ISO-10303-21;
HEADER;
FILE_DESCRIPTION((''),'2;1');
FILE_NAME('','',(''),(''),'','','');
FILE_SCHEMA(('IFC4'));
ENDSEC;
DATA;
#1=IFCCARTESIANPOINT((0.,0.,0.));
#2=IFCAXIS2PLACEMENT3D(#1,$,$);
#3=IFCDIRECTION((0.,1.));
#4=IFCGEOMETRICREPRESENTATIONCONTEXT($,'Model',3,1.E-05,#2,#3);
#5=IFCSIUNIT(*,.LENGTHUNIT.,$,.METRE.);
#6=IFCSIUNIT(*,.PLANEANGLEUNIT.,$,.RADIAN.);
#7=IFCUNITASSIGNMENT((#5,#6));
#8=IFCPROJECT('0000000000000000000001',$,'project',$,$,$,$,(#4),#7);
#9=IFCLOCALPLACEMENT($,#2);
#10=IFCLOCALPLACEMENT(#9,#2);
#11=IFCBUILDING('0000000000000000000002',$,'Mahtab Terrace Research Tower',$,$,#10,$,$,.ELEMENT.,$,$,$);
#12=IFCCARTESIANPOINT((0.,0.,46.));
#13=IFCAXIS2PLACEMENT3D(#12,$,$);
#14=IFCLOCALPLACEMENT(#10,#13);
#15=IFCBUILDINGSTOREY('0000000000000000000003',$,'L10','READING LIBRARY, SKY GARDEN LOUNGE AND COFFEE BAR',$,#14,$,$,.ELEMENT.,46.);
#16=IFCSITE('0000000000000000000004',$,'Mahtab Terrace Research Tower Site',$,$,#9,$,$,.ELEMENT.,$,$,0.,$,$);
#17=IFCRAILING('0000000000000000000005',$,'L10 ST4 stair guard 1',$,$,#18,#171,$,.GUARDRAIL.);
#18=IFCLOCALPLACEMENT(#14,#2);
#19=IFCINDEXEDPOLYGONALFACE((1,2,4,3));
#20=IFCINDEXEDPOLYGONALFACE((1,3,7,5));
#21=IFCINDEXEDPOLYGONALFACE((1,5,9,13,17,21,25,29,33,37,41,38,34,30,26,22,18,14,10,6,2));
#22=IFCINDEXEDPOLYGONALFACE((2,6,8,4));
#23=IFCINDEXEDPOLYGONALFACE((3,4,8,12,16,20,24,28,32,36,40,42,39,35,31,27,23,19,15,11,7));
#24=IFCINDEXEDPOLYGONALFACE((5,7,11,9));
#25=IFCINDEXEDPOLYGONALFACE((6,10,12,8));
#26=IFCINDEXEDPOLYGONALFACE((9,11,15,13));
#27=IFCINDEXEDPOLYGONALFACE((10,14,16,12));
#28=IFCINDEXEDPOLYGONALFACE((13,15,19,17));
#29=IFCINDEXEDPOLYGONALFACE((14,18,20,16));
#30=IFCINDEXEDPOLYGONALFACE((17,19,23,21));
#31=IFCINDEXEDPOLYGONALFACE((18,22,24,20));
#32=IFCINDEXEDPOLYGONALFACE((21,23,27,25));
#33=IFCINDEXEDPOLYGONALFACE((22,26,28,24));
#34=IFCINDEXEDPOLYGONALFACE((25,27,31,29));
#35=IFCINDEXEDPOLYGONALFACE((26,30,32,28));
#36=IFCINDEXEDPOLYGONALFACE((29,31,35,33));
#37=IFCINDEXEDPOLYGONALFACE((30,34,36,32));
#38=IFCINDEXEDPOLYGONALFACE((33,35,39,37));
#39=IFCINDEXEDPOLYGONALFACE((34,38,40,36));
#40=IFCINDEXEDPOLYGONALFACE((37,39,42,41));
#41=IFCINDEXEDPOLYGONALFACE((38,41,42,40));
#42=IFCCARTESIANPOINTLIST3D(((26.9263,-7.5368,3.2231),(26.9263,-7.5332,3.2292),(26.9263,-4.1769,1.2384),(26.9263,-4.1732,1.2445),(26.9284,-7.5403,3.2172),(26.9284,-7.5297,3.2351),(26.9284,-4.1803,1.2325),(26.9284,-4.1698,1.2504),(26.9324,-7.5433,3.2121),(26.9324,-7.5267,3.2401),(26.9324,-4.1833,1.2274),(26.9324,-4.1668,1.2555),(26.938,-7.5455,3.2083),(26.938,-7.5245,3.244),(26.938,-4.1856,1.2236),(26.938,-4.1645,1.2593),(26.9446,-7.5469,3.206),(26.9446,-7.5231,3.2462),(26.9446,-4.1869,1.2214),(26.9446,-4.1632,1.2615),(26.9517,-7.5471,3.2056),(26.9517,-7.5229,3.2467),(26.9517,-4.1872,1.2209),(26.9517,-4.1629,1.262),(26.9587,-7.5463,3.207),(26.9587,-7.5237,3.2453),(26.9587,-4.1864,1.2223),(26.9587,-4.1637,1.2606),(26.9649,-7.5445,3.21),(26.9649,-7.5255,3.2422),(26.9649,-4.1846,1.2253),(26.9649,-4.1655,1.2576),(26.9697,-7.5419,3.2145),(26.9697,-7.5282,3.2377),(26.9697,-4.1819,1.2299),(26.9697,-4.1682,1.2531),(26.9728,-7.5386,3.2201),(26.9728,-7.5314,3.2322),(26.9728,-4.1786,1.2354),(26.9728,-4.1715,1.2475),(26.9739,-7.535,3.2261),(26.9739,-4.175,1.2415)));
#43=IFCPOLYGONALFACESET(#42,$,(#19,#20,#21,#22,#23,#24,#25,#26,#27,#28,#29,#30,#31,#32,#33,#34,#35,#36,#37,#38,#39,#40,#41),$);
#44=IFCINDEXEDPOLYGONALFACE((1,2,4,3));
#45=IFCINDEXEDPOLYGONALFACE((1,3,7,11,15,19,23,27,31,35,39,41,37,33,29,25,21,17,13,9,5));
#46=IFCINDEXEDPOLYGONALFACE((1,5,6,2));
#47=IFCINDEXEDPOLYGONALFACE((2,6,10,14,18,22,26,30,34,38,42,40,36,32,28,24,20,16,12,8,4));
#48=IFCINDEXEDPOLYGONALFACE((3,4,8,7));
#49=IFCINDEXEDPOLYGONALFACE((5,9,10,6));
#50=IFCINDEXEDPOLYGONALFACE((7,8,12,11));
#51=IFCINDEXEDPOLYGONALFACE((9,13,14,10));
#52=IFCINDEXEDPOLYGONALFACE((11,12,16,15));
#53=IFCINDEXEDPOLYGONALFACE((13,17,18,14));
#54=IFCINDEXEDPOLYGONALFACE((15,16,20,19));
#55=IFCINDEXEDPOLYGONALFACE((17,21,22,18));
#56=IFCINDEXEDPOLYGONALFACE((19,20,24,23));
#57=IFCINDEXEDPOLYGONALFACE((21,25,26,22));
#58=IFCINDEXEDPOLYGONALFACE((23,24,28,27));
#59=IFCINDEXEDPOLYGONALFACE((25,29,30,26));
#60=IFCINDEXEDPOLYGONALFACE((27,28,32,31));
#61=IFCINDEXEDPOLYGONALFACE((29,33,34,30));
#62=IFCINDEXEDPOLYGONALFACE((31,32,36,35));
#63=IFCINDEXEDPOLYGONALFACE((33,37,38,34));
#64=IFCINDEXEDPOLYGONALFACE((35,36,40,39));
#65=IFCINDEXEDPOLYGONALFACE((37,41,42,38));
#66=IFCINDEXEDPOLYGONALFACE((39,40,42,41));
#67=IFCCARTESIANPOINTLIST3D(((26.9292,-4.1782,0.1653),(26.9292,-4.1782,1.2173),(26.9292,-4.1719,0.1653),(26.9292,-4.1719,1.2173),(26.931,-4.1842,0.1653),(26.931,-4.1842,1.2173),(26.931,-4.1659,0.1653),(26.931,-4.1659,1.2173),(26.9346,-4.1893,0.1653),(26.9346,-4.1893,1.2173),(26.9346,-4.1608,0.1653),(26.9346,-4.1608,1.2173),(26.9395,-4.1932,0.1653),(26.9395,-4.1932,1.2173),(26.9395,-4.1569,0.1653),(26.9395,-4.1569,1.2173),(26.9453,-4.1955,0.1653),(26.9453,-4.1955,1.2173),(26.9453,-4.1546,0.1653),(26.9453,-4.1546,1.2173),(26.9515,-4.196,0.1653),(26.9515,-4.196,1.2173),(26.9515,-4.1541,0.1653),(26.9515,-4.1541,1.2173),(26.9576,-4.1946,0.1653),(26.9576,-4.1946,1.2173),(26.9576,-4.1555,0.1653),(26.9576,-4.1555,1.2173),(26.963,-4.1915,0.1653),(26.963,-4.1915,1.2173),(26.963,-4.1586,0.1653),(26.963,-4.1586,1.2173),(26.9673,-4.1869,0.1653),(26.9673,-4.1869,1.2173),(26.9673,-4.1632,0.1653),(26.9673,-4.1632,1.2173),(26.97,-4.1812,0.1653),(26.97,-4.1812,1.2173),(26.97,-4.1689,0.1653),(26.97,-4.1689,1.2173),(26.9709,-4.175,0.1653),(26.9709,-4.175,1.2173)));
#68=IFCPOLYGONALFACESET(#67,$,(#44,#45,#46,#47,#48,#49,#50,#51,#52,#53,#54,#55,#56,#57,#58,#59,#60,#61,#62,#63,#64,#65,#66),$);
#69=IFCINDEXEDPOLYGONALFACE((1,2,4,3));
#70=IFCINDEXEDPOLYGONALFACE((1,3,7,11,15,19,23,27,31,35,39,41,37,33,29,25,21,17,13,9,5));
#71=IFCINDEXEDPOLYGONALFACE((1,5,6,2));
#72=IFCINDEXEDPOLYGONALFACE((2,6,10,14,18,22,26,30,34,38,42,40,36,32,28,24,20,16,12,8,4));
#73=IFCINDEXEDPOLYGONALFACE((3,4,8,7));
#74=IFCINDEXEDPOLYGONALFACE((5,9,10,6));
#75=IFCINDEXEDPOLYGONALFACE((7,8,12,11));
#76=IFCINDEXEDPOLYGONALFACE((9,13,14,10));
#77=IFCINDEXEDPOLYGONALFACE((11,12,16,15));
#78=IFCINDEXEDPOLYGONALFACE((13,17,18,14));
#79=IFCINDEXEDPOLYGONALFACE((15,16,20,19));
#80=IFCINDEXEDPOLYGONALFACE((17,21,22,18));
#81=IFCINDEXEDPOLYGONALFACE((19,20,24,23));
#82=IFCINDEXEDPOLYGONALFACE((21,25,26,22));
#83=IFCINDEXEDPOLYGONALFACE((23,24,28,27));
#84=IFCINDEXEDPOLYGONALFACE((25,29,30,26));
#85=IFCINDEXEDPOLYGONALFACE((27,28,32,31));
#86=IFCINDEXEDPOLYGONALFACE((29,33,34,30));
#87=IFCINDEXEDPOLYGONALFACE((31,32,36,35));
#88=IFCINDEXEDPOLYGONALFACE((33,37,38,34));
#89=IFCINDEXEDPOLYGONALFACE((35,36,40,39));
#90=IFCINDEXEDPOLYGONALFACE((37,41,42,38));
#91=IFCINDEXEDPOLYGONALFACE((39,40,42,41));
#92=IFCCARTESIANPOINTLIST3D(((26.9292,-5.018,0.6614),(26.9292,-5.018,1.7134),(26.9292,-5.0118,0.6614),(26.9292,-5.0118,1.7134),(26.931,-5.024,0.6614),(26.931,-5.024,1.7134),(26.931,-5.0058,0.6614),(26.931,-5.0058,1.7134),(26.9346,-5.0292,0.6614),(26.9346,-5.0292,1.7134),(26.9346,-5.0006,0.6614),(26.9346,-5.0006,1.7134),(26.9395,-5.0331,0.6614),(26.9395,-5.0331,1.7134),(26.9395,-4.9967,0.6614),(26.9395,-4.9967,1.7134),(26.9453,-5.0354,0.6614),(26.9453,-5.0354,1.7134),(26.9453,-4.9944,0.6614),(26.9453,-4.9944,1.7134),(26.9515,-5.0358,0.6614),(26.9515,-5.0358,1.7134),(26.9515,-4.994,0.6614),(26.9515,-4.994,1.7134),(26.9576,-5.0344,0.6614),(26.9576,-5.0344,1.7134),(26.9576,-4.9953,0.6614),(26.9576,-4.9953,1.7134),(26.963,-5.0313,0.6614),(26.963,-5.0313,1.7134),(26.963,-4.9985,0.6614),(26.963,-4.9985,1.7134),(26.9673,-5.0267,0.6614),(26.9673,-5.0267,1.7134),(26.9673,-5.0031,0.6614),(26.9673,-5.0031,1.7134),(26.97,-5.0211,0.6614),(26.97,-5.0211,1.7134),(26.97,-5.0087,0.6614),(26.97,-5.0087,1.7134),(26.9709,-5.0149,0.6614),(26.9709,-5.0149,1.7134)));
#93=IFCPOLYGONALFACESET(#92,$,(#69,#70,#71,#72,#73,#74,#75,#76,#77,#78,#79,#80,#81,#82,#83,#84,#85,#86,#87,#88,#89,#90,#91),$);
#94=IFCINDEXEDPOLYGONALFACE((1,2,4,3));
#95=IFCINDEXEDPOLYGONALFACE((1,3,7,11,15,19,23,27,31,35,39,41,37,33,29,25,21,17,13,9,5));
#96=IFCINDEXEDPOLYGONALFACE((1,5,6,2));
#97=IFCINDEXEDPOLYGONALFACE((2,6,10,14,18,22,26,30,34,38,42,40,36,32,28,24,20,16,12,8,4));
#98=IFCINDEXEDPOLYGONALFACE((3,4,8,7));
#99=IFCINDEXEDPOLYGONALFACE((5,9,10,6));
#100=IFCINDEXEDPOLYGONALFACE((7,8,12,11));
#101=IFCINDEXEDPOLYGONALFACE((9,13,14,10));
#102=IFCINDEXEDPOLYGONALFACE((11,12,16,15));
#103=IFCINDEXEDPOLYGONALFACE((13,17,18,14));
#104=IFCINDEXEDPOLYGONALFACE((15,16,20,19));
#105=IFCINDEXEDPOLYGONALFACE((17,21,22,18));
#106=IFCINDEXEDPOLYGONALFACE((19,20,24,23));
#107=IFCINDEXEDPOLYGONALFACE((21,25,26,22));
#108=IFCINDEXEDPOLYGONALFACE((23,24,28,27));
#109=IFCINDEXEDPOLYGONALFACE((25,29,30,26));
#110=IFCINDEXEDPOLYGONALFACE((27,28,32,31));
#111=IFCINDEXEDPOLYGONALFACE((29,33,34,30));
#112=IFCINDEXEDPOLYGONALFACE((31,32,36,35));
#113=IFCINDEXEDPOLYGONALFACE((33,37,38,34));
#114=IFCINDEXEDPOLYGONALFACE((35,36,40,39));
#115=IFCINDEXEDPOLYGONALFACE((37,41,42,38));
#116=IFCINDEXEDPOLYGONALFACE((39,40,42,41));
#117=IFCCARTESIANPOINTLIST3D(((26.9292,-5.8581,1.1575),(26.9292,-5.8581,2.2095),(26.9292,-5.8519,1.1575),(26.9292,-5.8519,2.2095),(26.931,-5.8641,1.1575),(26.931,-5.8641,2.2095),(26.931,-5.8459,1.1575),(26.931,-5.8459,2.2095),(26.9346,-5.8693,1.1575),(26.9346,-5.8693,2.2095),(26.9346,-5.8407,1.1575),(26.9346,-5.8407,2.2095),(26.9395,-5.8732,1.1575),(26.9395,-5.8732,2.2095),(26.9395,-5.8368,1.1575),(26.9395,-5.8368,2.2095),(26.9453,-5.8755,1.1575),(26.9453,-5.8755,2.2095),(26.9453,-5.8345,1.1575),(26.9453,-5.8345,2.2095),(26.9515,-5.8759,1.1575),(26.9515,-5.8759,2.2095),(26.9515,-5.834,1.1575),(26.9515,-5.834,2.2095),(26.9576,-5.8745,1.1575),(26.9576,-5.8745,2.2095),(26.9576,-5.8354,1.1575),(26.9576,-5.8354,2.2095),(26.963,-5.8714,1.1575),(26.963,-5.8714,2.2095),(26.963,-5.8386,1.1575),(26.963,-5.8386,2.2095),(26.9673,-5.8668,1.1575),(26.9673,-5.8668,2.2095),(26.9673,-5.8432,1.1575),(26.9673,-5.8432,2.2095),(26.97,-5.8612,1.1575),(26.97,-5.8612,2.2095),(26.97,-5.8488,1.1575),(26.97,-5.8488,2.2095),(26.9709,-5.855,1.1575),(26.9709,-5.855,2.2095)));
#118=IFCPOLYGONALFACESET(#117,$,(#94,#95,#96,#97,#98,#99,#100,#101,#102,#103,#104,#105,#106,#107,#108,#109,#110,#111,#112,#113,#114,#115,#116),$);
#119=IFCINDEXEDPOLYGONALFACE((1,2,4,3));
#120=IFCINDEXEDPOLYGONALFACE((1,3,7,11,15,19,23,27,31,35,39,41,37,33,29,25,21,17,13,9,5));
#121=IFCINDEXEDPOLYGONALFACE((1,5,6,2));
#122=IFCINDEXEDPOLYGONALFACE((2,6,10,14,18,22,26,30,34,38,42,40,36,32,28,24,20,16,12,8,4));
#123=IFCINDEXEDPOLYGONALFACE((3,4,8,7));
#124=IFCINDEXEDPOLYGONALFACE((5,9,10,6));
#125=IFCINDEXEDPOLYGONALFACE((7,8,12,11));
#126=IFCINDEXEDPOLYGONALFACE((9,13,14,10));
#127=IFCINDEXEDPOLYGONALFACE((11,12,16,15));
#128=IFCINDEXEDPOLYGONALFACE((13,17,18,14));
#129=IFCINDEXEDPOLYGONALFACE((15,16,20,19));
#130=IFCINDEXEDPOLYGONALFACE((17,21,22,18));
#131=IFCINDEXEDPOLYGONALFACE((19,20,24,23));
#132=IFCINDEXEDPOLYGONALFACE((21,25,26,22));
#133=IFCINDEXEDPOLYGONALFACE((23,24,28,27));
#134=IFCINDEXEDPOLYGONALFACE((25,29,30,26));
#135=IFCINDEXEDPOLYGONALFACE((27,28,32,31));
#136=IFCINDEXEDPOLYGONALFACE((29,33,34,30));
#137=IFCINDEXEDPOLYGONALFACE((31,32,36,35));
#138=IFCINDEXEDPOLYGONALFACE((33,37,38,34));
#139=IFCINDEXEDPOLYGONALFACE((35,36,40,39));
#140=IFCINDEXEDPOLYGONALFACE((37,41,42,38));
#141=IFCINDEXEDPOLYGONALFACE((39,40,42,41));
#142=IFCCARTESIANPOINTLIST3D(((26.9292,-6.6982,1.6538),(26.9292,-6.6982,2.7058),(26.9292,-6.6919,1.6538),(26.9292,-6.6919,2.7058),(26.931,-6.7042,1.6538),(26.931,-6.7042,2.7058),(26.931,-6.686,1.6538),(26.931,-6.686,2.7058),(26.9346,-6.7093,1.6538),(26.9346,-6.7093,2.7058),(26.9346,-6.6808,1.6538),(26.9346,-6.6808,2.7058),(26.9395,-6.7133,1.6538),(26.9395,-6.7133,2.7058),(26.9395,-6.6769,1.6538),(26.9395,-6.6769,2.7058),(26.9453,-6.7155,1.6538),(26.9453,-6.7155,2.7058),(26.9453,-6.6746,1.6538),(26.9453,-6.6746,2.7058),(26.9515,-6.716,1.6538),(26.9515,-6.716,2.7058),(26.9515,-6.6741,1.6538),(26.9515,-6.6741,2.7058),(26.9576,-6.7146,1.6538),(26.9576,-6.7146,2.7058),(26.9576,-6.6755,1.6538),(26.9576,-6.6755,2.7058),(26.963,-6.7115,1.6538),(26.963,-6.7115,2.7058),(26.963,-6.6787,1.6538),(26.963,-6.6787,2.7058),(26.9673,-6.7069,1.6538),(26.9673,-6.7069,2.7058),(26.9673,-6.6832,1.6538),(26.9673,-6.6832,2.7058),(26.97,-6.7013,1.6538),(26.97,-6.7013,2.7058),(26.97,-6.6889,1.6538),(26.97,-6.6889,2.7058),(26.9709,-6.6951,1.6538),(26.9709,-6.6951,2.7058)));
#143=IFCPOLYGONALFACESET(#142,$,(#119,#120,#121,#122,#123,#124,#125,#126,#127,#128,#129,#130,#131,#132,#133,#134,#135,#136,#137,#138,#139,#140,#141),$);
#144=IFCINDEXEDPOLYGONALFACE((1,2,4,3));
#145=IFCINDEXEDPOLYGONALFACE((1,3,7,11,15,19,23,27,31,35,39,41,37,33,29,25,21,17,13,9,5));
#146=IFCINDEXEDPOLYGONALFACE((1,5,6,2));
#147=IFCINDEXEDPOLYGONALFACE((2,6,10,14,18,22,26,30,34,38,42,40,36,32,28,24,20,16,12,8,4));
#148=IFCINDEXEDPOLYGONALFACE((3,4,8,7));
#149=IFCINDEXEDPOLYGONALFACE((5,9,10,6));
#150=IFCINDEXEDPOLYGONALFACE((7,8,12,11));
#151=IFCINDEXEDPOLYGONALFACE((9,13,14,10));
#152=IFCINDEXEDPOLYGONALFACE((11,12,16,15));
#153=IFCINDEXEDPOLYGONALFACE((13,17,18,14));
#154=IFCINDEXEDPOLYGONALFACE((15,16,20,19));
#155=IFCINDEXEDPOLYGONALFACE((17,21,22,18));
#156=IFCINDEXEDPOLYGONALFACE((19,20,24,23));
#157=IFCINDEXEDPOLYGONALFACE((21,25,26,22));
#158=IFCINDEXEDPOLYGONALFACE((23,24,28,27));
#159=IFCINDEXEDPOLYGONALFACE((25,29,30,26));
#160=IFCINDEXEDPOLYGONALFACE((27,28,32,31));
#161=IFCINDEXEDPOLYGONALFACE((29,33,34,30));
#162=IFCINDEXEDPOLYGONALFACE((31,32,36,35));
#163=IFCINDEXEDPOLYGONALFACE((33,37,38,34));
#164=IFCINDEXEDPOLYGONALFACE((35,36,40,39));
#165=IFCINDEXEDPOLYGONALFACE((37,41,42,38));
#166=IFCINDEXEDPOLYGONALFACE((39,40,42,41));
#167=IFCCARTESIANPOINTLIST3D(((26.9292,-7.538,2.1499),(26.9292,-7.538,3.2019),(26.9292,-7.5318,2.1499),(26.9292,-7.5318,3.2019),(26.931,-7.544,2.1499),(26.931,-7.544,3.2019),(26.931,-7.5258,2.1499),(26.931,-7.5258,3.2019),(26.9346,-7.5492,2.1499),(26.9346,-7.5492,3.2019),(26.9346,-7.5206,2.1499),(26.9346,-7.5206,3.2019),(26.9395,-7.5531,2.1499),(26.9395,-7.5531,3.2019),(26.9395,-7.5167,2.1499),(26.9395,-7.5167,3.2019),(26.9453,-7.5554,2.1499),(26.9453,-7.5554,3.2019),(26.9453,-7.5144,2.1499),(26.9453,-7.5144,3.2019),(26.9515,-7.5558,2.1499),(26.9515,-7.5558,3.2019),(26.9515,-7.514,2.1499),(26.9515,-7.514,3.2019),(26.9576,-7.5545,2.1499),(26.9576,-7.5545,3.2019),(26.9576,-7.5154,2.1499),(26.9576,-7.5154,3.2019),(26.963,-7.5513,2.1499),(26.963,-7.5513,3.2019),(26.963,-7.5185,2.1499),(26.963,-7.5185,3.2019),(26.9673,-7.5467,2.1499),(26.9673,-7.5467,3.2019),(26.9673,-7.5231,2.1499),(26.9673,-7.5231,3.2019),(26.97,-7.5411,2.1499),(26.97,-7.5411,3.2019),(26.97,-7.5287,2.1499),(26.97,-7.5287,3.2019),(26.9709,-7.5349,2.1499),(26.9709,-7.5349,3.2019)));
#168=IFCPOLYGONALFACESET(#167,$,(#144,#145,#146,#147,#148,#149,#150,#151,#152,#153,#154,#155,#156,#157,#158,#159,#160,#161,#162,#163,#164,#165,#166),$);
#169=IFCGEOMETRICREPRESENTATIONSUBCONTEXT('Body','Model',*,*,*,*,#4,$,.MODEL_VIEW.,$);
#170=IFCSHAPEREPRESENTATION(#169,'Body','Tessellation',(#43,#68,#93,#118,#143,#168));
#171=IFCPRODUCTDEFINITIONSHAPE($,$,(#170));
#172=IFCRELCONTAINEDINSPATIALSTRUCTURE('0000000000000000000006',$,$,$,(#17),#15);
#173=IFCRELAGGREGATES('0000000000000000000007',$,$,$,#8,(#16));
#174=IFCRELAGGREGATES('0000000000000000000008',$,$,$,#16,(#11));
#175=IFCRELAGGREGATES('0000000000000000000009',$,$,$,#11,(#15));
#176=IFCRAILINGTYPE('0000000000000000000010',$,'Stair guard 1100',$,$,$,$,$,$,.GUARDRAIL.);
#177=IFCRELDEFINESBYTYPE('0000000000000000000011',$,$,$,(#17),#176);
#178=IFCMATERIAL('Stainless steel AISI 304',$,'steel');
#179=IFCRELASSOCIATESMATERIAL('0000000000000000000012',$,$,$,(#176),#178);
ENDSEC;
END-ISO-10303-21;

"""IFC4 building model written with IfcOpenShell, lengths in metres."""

from ifc_helpers import new_model, si_unit, direction, frame, origin, origin_2d, place, context, subcontext, project, spatial, circle, extrude, material, type_object, element, save


model = new_model("IFC4")

# Units and contexts
model_context = context("Model", 3, precision=1e-05, world=origin(), true_north=direction((0.0, 1.0)))
body_context = subcontext(model_context, "Body", "Model", "MODEL_VIEW")
ifc_project = project(units=[si_unit("LENGTHUNIT", "METRE"), si_unit("PLANEANGLEUNIT", "RADIAN")], contexts=[model_context])

# Site, building, storey
site_placement = place(None, origin())
site = spatial("IfcSite", under=ifc_project, at=site_placement, Name="Mahtab Terrace Research Tower Site", CompositionType="ELEMENT", RefElevation=0.0)
building_placement = place(site_placement, origin())
building = spatial("IfcBuilding", under=site, at=building_placement, Name="Mahtab Terrace Research Tower", CompositionType="ELEMENT")
storey_placement = place(building_placement, frame((0.0, 0.0, 46.0)))
storey = spatial("IfcBuildingStorey", under=building, at=storey_placement, Name="L10", Description="READING LIBRARY, SKY GARDEN LOUNGE AND COFFEE BAR", CompositionType="ELEMENT", Elevation=46.0)

# Railing
ifc_material_1 = material(Name="Stainless steel AISI 304", Category="steel")
railing_type_1 = type_object("IfcRailingType", Name="Stair guard 1100", PredefinedType="GUARDRAIL", material=ifc_material_1)
railing_1_placement = place(storey_placement, frame((26.95, -4.175, 0.1653)))
element("IfcRailing", 1, at=railing_1_placement, inside=storey, type_object=railing_type_1, Name="L10 ST4 stair guard 1", PredefinedType="GUARDRAIL", context=body_context, shape_type="SweptSolid", body=[
    extrude(circle(Radius=0.0239, at=origin_2d()), frame((0.0, 0.0, 1.0762), z_axis=(0.0, -0.861011, 0.508586), x_axis=(1.0, 0.0, 0.0)), (0.0, 0.0, 1.0), 3.9023),
    extrude(circle(Radius=0.021, at=origin_2d()), origin(), (0.0, 0.0, 1.0), 1.052),
    extrude(circle(Radius=0.021, at=origin_2d()), frame((0.0, -0.8398, 0.4961)), (0.0, 0.0, 1.0), 1.052),
    extrude(circle(Radius=0.021, at=origin_2d()), frame((0.0, -1.6799, 0.9922)), (0.0, 0.0, 1.0), 1.052),
    extrude(circle(Radius=0.021, at=origin_2d()), frame((0.0, -2.52, 1.4885)), (0.0, 0.0, 1.0), 1.052),
    extrude(circle(Radius=0.021, at=origin_2d()), frame((0.0, -3.3599, 1.9846)), (0.0, 0.0, 1.0), 1.052),
])

save(model, "model.ifc")
